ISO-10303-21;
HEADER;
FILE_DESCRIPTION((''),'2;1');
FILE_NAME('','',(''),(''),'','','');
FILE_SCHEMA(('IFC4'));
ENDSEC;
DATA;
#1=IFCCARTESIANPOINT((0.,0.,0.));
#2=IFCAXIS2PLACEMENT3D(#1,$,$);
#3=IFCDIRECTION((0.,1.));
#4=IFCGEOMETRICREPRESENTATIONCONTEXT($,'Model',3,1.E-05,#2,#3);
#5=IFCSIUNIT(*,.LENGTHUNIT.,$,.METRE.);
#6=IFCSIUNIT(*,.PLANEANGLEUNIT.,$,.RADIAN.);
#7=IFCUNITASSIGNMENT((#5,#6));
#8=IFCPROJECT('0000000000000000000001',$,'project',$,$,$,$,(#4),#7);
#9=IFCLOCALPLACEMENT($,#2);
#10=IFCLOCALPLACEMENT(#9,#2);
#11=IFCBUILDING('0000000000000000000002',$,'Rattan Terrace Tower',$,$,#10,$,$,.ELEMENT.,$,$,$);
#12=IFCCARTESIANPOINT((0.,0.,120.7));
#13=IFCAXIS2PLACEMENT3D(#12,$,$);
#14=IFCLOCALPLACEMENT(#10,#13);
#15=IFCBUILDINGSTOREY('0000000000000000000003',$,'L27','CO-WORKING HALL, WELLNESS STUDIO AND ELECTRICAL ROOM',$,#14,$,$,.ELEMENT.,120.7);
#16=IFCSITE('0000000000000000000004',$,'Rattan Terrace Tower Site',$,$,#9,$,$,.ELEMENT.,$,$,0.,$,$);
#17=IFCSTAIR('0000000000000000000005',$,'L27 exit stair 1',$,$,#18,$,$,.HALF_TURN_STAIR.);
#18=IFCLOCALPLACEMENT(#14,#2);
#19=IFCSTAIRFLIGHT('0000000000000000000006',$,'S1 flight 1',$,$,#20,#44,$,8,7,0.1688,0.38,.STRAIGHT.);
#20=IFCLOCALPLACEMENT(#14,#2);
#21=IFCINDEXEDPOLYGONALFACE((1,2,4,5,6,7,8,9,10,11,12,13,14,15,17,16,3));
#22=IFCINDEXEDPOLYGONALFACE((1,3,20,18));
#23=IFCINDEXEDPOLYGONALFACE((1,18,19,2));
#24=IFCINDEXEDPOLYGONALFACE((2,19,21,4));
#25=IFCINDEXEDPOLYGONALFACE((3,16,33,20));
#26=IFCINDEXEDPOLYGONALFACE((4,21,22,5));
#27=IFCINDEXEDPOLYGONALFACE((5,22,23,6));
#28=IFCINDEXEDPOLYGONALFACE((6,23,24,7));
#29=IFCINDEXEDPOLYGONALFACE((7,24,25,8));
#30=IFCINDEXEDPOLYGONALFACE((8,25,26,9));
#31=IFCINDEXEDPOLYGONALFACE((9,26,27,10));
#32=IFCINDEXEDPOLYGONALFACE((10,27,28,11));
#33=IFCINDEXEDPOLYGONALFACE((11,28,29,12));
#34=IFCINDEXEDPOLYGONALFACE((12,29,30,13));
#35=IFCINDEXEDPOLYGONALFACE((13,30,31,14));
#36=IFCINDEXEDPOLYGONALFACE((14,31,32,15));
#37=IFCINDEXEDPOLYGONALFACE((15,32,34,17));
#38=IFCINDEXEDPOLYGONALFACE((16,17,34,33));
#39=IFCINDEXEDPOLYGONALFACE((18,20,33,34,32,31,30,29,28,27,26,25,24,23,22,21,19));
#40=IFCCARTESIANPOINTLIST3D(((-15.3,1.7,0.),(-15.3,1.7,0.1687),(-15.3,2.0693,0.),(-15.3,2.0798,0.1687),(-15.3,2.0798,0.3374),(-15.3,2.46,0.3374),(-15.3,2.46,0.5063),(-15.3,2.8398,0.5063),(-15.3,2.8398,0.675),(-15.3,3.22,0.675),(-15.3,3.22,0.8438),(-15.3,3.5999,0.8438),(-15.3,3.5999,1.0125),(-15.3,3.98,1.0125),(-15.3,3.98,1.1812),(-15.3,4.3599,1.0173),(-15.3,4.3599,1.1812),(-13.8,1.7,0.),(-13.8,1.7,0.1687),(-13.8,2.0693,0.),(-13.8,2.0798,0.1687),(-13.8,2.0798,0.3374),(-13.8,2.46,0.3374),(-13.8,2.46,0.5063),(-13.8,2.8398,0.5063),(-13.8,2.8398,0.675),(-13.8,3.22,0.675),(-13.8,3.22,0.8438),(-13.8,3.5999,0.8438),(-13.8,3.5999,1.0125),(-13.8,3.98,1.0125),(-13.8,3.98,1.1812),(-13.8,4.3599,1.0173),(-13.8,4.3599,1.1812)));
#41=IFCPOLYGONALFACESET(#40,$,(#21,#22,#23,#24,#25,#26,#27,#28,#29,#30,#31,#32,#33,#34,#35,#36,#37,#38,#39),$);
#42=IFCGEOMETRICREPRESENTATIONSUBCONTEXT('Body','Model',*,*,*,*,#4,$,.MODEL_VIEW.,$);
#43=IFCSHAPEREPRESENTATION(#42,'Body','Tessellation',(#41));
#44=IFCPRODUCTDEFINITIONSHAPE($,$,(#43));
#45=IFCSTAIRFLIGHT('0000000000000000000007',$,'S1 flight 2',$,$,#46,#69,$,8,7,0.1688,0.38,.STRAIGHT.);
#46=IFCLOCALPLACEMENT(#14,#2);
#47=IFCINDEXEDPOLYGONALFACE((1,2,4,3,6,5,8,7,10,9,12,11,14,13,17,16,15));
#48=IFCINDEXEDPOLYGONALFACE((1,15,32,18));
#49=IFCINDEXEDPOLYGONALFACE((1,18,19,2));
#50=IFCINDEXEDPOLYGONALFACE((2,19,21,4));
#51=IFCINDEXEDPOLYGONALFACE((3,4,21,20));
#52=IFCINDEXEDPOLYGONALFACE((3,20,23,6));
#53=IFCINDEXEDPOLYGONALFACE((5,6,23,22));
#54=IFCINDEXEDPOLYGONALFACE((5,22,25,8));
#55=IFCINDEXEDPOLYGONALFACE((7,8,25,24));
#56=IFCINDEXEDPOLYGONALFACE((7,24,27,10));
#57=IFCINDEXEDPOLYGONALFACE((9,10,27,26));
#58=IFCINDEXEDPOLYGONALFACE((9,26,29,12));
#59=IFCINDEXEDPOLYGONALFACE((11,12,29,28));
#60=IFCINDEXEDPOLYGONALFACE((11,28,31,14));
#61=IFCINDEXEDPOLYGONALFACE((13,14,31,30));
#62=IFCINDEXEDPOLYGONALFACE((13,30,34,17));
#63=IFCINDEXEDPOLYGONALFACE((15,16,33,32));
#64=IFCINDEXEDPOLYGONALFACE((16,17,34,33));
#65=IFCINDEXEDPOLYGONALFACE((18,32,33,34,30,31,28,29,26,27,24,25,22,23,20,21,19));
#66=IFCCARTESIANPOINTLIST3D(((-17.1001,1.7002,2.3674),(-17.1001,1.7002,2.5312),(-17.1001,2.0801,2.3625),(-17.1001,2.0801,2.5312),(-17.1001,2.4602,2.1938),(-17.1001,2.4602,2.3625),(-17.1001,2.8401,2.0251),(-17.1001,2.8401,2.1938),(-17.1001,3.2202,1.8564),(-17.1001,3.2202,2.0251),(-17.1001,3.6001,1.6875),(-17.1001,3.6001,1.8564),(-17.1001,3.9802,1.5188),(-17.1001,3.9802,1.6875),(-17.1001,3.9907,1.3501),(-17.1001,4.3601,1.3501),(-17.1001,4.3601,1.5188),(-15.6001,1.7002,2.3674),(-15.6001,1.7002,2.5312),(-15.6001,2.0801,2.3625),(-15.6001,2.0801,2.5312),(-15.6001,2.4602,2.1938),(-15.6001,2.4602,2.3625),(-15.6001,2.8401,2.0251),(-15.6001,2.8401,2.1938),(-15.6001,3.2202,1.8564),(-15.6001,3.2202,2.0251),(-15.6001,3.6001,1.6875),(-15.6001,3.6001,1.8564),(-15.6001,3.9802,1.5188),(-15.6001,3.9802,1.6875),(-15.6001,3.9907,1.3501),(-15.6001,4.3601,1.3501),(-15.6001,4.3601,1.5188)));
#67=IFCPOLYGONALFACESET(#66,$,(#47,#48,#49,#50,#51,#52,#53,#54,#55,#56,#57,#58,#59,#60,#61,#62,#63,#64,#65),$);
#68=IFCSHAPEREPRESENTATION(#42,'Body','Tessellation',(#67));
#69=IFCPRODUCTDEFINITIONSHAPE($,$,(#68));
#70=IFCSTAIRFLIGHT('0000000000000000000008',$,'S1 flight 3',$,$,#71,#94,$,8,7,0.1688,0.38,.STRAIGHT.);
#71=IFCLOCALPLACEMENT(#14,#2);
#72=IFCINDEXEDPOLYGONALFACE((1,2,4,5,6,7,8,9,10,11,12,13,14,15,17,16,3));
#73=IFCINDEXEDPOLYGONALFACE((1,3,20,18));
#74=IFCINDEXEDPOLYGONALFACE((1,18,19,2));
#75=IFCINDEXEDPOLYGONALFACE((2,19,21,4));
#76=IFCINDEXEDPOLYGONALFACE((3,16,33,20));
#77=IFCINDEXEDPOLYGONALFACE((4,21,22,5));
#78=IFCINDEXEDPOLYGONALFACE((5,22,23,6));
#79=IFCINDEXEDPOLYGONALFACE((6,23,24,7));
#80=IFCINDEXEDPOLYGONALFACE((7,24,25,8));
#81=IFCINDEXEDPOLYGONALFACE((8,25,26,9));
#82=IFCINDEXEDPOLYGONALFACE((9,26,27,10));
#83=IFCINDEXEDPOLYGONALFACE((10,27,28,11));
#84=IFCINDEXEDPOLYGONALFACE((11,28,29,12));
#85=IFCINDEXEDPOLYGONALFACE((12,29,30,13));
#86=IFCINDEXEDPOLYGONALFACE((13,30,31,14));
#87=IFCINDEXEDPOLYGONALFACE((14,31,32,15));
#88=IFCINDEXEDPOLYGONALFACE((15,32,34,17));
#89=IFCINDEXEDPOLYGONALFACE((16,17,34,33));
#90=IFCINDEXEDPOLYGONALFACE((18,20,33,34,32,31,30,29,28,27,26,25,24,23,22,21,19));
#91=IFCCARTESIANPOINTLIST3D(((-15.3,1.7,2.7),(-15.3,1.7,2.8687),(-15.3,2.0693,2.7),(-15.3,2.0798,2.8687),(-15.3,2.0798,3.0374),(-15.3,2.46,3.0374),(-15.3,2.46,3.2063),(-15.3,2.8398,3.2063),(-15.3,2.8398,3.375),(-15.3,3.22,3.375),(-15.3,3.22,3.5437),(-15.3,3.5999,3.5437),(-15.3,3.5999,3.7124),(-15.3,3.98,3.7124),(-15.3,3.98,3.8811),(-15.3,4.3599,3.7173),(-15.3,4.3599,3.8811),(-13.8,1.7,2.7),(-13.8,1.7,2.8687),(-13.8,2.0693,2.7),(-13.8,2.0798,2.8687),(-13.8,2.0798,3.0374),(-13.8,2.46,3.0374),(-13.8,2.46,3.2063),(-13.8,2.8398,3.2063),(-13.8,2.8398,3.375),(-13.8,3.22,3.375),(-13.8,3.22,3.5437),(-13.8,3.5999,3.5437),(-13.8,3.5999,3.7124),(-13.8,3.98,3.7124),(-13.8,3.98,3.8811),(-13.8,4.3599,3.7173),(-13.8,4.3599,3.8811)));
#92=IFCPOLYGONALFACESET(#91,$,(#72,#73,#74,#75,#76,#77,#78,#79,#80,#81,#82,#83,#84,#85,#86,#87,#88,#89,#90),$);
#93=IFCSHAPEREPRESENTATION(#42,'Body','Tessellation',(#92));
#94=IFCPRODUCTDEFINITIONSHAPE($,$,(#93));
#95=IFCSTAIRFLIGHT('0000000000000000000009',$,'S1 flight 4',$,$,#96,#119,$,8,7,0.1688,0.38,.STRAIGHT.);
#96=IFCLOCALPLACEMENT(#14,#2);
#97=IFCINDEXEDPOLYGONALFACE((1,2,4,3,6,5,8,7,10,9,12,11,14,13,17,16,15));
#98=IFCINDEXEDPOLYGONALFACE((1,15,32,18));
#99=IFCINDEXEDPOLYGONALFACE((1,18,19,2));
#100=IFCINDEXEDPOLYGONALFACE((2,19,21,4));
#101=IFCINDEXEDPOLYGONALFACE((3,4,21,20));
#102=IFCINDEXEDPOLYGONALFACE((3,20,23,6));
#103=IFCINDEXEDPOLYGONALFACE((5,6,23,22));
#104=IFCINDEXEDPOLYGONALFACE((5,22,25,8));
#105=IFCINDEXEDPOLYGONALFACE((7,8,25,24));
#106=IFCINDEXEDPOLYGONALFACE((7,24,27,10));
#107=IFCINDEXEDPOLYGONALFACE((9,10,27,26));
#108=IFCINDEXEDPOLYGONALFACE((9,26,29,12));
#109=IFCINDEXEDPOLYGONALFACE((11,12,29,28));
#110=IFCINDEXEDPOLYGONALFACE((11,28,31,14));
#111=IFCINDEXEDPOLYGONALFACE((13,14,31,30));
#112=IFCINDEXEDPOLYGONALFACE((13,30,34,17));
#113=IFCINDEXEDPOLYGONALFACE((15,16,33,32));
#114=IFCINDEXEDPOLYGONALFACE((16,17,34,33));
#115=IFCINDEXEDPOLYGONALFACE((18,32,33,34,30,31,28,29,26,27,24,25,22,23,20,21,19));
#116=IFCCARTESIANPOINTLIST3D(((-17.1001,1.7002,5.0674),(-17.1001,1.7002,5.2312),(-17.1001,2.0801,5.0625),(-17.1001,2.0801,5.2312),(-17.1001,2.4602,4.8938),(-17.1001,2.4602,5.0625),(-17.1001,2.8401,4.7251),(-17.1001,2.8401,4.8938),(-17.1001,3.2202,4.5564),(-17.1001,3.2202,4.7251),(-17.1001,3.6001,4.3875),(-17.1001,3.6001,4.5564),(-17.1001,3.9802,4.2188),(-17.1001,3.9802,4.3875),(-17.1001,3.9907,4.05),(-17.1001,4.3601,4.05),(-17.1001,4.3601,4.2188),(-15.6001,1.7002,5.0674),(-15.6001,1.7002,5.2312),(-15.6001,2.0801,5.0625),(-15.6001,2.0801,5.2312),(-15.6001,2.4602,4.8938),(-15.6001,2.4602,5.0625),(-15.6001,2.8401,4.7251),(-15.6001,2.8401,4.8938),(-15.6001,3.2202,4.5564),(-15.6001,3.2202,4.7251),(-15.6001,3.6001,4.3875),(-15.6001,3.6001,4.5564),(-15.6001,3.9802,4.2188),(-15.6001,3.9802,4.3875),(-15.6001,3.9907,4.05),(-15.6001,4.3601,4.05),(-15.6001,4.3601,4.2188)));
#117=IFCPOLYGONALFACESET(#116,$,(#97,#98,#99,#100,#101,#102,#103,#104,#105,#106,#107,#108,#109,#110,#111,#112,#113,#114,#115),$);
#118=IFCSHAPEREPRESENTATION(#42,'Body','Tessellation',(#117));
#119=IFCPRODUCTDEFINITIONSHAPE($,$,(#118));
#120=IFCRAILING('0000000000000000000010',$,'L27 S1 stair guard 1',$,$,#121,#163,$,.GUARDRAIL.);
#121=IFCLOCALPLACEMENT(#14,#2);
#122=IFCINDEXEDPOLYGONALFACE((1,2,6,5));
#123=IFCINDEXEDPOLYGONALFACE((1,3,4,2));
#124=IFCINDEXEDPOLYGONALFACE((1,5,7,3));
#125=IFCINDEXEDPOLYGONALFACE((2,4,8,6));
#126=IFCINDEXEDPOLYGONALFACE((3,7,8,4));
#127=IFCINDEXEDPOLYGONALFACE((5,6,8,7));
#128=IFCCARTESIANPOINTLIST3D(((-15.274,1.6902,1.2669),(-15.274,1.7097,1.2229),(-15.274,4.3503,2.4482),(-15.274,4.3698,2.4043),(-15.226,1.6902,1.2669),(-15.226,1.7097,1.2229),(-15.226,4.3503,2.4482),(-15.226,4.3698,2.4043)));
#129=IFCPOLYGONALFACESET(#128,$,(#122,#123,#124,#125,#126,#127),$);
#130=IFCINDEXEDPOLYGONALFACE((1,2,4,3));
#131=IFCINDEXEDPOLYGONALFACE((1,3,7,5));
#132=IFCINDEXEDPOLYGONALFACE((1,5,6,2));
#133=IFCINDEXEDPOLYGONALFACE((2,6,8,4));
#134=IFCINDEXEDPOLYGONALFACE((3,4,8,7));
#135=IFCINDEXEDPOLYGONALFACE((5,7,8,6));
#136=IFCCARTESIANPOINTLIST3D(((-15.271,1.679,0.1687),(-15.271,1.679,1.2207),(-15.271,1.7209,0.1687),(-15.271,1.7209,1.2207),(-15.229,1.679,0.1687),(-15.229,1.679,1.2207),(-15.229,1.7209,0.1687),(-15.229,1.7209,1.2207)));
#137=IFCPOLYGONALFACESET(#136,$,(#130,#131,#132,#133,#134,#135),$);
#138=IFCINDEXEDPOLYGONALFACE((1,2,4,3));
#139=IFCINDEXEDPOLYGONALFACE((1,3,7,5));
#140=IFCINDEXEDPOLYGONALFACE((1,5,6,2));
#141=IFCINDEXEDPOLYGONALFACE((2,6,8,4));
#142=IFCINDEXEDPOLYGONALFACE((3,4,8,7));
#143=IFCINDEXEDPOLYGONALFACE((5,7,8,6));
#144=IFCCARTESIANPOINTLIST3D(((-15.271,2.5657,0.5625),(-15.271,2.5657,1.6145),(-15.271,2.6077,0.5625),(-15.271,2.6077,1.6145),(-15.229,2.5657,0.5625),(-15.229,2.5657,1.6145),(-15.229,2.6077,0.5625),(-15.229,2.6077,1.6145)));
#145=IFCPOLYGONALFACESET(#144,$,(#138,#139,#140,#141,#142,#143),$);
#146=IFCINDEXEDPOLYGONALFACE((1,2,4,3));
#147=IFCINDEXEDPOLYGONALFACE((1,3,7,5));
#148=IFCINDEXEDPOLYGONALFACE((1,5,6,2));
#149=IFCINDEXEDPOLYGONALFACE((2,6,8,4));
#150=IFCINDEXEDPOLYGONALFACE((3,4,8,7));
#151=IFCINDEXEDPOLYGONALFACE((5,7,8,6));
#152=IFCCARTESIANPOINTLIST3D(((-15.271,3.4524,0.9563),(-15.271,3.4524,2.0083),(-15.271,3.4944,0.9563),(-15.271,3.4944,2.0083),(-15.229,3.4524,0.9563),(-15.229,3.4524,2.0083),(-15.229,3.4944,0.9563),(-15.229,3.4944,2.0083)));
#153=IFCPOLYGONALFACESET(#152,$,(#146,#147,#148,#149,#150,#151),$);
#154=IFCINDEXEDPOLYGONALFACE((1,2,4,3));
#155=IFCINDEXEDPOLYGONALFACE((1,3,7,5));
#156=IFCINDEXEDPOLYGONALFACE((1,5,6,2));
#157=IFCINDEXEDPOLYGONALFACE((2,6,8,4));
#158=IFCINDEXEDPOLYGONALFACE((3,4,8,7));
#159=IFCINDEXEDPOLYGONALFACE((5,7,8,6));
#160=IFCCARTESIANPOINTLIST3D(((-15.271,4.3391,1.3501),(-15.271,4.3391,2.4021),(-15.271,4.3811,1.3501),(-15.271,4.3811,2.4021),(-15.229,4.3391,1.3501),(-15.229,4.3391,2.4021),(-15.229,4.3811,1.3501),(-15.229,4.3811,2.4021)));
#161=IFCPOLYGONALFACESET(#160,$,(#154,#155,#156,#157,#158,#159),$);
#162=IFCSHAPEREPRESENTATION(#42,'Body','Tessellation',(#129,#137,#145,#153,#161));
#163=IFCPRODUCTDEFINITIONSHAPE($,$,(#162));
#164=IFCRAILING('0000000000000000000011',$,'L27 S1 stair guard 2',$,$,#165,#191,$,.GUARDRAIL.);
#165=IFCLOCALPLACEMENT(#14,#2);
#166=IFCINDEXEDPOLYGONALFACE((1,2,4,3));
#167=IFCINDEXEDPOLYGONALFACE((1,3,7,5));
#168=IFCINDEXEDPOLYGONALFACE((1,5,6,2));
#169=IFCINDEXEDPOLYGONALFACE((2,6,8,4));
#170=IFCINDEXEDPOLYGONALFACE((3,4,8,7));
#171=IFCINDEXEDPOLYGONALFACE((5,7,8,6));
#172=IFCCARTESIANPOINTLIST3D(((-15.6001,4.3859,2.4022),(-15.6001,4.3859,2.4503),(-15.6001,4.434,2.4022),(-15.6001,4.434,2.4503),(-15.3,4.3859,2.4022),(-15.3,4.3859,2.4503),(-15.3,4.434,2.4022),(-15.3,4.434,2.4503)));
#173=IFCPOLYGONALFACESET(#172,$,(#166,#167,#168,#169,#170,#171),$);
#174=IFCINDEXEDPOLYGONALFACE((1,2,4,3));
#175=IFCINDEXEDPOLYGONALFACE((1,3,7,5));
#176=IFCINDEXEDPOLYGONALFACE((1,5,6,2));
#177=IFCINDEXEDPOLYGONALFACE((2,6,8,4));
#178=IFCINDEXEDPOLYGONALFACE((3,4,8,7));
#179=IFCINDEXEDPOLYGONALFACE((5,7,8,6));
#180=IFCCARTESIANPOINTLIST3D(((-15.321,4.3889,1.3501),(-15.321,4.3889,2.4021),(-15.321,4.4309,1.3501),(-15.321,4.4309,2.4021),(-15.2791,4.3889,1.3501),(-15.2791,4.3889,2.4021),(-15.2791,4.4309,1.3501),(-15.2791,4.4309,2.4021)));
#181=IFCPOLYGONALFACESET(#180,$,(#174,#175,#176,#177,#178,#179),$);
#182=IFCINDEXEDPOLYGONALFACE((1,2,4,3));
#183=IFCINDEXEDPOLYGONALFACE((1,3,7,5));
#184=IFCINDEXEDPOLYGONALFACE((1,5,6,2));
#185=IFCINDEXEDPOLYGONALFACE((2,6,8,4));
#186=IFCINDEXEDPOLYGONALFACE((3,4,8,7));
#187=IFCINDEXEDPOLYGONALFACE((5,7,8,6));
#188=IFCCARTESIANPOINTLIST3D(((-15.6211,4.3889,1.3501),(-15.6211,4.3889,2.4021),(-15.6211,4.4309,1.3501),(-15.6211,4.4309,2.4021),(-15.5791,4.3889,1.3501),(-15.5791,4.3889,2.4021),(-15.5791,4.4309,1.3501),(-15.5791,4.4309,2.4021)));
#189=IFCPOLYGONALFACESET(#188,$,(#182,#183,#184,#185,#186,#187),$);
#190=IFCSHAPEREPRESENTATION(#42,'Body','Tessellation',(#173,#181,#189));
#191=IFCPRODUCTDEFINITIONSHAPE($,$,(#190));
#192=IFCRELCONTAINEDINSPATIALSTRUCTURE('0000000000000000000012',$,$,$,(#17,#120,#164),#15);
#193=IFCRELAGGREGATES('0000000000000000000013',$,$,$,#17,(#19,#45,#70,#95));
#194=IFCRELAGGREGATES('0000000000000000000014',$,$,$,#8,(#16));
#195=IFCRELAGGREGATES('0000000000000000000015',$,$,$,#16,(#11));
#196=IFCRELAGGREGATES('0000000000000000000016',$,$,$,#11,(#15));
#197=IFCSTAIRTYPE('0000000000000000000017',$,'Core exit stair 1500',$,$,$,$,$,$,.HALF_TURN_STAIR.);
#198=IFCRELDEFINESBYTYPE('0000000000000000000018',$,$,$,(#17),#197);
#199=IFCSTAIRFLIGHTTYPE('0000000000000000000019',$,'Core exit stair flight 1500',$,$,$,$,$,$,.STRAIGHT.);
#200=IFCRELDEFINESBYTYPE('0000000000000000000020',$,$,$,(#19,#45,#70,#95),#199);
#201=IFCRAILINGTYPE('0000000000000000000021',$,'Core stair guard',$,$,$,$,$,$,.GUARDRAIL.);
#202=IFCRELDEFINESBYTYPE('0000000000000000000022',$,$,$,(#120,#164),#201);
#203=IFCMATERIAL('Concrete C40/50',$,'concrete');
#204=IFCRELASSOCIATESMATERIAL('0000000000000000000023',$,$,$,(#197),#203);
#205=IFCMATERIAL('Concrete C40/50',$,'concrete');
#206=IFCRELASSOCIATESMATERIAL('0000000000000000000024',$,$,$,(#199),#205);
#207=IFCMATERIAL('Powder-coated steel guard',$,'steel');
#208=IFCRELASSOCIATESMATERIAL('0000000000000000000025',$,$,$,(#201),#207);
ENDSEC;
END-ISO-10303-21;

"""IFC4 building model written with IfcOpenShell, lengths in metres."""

from ifc_helpers import new_model, si_unit, direction, frame, origin, origin_2d, place, context, subcontext, project, spatial, polyline, rectangle, outline, extrude, material, type_object, element, aggregate, save


model = new_model("IFC4")

# Units and contexts
model_context = context("Model", 3, precision=1e-05, world=origin(), true_north=direction((0.0, 1.0)))
body_context = subcontext(model_context, "Body", "Model", "MODEL_VIEW")
ifc_project = project(units=[si_unit("LENGTHUNIT", "METRE"), si_unit("PLANEANGLEUNIT", "RADIAN")], contexts=[model_context])

# Site, building, storey
site_placement = place(None, origin())
site = spatial("IfcSite", under=ifc_project, at=site_placement, Name="Rattan Terrace Tower Site", CompositionType="ELEMENT", RefElevation=0.0)
building_placement = place(site_placement, origin())
building = spatial("IfcBuilding", under=site, at=building_placement, Name="Rattan Terrace Tower", CompositionType="ELEMENT")
storey_placement = place(building_placement, frame((0.0, 0.0, 120.7)))
storey = spatial("IfcBuildingStorey", under=building, at=storey_placement, Name="L27", Description="CO-WORKING HALL, WELLNESS STUDIO AND ELECTRICAL ROOM", CompositionType="ELEMENT", Elevation=120.7)

# Stair, stair flights
ifc_material_1 = material(Name="Concrete C40/50", Category="concrete")
stair_type = type_object("IfcStairType", Name="Core exit stair 1500", PredefinedType="HALF_TURN_STAIR", material=ifc_material_1)
stair_placement = place(storey_placement, origin())
stair = element("IfcStair", 1, at=stair_placement, inside=storey, type_object=stair_type, Name="L27 exit stair 1", PredefinedType="HALF_TURN_STAIR")
ifc_material_2 = material(Name="Concrete C40/50", Category="concrete")
stair_flight_type = type_object("IfcStairFlightType", Name="Core exit stair flight 1500", PredefinedType="STRAIGHT", material=ifc_material_2)
stair_flight_1_placement = place(storey_placement, frame((-14.55, 1.7, 0.0), z_axis=(0.0, 0.0, 1.0), x_axis=(0.0, 1.0, 0.0)))
stair_flight_1 = element("IfcStairFlight", 2, at=stair_flight_1_placement, type_object=stair_flight_type, Name="S1 flight 1", NumberOfRisers=8, NumberOfTreads=7, PredefinedType="STRAIGHT", RiserHeight=0.1688, TreadLength=0.38, context=body_context, shape_type="SweptSolid", body=[
    extrude(outline(polyline([(0.0, 0.0), (0.0, 0.1687), (0.3799, 0.1687), (0.3799, 0.3374), (0.76, 0.3374), (0.76, 0.5063), (1.1399, 0.5063), (1.1399, 0.675), (1.52, 0.675), (1.52, 0.8438), (1.8999, 0.8438), (1.8999, 1.0125), (2.28, 1.0125), (2.28, 1.1812), (2.6599, 1.1812), (2.6599, 1.3501), (2.6599, 1.0173), (0.3694, 0.0), (0.0, 0.0)])), frame((0.0, 0.75, 0.0), z_axis=(0.0, -1.0, 0.0), x_axis=(1.0, 0.0, 0.0)), (0.0, 0.0, 1.0), 1.5),
])
stair_flight_2_placement = place(storey_placement, frame((-16.3501, 4.3601, 1.3501), z_axis=(0.0, 0.0, 1.0), x_axis=(0.0, -1.0, 0.0)))
stair_flight_2 = element("IfcStairFlight", 3, at=stair_flight_2_placement, type_object=stair_flight_type, Name="S1 flight 2", NumberOfRisers=8, NumberOfTreads=7, PredefinedType="STRAIGHT", RiserHeight=0.1688, TreadLength=0.38, context=body_context, shape_type="SweptSolid", body=[
    extrude(outline(polyline([(0.0, 0.0), (0.0, 0.1687), (0.3799, 0.1687), (0.3799, 0.3374), (0.76, 0.3374), (0.76, 0.5063), (1.1399, 0.5063), (1.1399, 0.675), (1.52, 0.675), (1.52, 0.8438), (1.8999, 0.8438), (1.8999, 1.0125), (2.28, 1.0125), (2.28, 1.1812), (2.6599, 1.1812), (2.6599, 1.3501), (2.6599, 1.0173), (0.3694, 0.0), (0.0, 0.0)])), frame((0.0, 0.75, 0.0), z_axis=(0.0, -1.0, 0.0), x_axis=(1.0, 0.0, 0.0)), (0.0, 0.0, 1.0), 1.5),
])
stair_flight_3_placement = place(storey_placement, frame((-14.55, 1.7, 2.7), z_axis=(0.0, 0.0, 1.0), x_axis=(0.0, 1.0, 0.0)))
stair_flight_3 = element("IfcStairFlight", 4, at=stair_flight_3_placement, type_object=stair_flight_type, Name="S1 flight 3", NumberOfRisers=8, NumberOfTreads=7, PredefinedType="STRAIGHT", RiserHeight=0.1688, TreadLength=0.38, context=body_context, shape_type="SweptSolid", body=[
    extrude(outline(polyline([(0.0, 0.0), (0.0, 0.1687), (0.3799, 0.1687), (0.3799, 0.3374), (0.76, 0.3374), (0.76, 0.5063), (1.1399, 0.5063), (1.1399, 0.675), (1.52, 0.675), (1.52, 0.8438), (1.8999, 0.8438), (1.8999, 1.0125), (2.28, 1.0125), (2.28, 1.1812), (2.6599, 1.1812), (2.6599, 1.3501), (2.6599, 1.0173), (0.3694, 0.0), (0.0, 0.0)])), frame((0.0, 0.75, 0.0), z_axis=(0.0, -1.0, 0.0), x_axis=(1.0, 0.0, 0.0)), (0.0, 0.0, 1.0), 1.5),
])
stair_flight_4_placement = place(storey_placement, frame((-16.3501, 4.3601, 4.05), z_axis=(0.0, 0.0, 1.0), x_axis=(0.0, -1.0, 0.0)))
stair_flight_4 = element("IfcStairFlight", 5, at=stair_flight_4_placement, type_object=stair_flight_type, Name="S1 flight 4", NumberOfRisers=8, NumberOfTreads=7, PredefinedType="STRAIGHT", RiserHeight=0.1688, TreadLength=0.38, context=body_context, shape_type="SweptSolid", body=[
    extrude(outline(polyline([(0.0, 0.0), (0.0, 0.1687), (0.3799, 0.1687), (0.3799, 0.3374), (0.76, 0.3374), (0.76, 0.5063), (1.1399, 0.5063), (1.1399, 0.675), (1.52, 0.675), (1.52, 0.8438), (1.8999, 0.8438), (1.8999, 1.0125), (2.28, 1.0125), (2.28, 1.1812), (2.6599, 1.1812), (2.6599, 1.3501), (2.6599, 1.0173), (0.3694, 0.0), (0.0, 0.0)])), frame((0.0, 0.75, 0.0), z_axis=(0.0, -1.0, 0.0), x_axis=(1.0, 0.0, 0.0)), (0.0, 0.0, 1.0), 1.5),
])
aggregate(stair, [stair_flight_1, stair_flight_2, stair_flight_3, stair_flight_4])

# Railings
ifc_material_3 = material(Name="Powder-coated steel guard", Category="steel")
railing_type_1 = type_object("IfcRailingType", Name="Core stair guard", PredefinedType="GUARDRAIL", material=ifc_material_3)
railing_1_placement = place(storey_placement, frame((-15.25, 1.7, 0.1687)))
element("IfcRailing", 6, at=railing_1_placement, inside=storey, type_object=railing_type_1, Name="L27 S1 stair guard 1", PredefinedType="GUARDRAIL", context=body_context, shape_type="SweptSolid", body=[
    extrude(rectangle(XDim=0.0481, YDim=0.0481, at=origin_2d()), frame((0.0, 0.0, 1.0762), z_axis=(0.0, 0.913926, 0.405882), x_axis=(-1.0, 0.0, 0.0)), (0.0, 0.0, 1.0), 2.9106),
    extrude(rectangle(XDim=0.042, YDim=0.042, at=origin_2d()), origin(), (0.0, 0.0, 1.0), 1.052),
    extrude(rectangle(XDim=0.042, YDim=0.042, at=origin_2d()), frame((0.0, 0.8867, 0.3938)), (0.0, 0.0, 1.0), 1.052),
    extrude(rectangle(XDim=0.042, YDim=0.042, at=origin_2d()), frame((0.0, 1.7734, 0.7876)), (0.0, 0.0, 1.0), 1.052),
    extrude(rectangle(XDim=0.042, YDim=0.042, at=origin_2d()), frame((0.0, 2.6602, 1.1814)), (0.0, 0.0, 1.0), 1.052),
])
railing_2_placement = place(storey_placement, frame((-15.3, 4.4099, 1.3501)))
element("IfcRailing", 7, at=railing_2_placement, inside=storey, type_object=railing_type_1, Name="L27 S1 stair guard 2", PredefinedType="GUARDRAIL", context=body_context, shape_type="SweptSolid", body=[
    extrude(rectangle(XDim=0.0481, YDim=0.0481, at=origin_2d()), frame((0.0, 0.0, 1.0762), z_axis=(-1.0, 0.0, 0.0), x_axis=(0.0, -1.0, 0.0)), (0.0, 0.0, 1.0), 0.3),
    extrude(rectangle(XDim=0.042, YDim=0.042, at=origin_2d()), origin(), (0.0, 0.0, 1.0), 1.052),
    extrude(rectangle(XDim=0.042, YDim=0.042, at=origin_2d()), frame((-0.3, 0.0, 0.0)), (0.0, 0.0, 1.0), 1.052),
])

save(model, "model.ifc")
